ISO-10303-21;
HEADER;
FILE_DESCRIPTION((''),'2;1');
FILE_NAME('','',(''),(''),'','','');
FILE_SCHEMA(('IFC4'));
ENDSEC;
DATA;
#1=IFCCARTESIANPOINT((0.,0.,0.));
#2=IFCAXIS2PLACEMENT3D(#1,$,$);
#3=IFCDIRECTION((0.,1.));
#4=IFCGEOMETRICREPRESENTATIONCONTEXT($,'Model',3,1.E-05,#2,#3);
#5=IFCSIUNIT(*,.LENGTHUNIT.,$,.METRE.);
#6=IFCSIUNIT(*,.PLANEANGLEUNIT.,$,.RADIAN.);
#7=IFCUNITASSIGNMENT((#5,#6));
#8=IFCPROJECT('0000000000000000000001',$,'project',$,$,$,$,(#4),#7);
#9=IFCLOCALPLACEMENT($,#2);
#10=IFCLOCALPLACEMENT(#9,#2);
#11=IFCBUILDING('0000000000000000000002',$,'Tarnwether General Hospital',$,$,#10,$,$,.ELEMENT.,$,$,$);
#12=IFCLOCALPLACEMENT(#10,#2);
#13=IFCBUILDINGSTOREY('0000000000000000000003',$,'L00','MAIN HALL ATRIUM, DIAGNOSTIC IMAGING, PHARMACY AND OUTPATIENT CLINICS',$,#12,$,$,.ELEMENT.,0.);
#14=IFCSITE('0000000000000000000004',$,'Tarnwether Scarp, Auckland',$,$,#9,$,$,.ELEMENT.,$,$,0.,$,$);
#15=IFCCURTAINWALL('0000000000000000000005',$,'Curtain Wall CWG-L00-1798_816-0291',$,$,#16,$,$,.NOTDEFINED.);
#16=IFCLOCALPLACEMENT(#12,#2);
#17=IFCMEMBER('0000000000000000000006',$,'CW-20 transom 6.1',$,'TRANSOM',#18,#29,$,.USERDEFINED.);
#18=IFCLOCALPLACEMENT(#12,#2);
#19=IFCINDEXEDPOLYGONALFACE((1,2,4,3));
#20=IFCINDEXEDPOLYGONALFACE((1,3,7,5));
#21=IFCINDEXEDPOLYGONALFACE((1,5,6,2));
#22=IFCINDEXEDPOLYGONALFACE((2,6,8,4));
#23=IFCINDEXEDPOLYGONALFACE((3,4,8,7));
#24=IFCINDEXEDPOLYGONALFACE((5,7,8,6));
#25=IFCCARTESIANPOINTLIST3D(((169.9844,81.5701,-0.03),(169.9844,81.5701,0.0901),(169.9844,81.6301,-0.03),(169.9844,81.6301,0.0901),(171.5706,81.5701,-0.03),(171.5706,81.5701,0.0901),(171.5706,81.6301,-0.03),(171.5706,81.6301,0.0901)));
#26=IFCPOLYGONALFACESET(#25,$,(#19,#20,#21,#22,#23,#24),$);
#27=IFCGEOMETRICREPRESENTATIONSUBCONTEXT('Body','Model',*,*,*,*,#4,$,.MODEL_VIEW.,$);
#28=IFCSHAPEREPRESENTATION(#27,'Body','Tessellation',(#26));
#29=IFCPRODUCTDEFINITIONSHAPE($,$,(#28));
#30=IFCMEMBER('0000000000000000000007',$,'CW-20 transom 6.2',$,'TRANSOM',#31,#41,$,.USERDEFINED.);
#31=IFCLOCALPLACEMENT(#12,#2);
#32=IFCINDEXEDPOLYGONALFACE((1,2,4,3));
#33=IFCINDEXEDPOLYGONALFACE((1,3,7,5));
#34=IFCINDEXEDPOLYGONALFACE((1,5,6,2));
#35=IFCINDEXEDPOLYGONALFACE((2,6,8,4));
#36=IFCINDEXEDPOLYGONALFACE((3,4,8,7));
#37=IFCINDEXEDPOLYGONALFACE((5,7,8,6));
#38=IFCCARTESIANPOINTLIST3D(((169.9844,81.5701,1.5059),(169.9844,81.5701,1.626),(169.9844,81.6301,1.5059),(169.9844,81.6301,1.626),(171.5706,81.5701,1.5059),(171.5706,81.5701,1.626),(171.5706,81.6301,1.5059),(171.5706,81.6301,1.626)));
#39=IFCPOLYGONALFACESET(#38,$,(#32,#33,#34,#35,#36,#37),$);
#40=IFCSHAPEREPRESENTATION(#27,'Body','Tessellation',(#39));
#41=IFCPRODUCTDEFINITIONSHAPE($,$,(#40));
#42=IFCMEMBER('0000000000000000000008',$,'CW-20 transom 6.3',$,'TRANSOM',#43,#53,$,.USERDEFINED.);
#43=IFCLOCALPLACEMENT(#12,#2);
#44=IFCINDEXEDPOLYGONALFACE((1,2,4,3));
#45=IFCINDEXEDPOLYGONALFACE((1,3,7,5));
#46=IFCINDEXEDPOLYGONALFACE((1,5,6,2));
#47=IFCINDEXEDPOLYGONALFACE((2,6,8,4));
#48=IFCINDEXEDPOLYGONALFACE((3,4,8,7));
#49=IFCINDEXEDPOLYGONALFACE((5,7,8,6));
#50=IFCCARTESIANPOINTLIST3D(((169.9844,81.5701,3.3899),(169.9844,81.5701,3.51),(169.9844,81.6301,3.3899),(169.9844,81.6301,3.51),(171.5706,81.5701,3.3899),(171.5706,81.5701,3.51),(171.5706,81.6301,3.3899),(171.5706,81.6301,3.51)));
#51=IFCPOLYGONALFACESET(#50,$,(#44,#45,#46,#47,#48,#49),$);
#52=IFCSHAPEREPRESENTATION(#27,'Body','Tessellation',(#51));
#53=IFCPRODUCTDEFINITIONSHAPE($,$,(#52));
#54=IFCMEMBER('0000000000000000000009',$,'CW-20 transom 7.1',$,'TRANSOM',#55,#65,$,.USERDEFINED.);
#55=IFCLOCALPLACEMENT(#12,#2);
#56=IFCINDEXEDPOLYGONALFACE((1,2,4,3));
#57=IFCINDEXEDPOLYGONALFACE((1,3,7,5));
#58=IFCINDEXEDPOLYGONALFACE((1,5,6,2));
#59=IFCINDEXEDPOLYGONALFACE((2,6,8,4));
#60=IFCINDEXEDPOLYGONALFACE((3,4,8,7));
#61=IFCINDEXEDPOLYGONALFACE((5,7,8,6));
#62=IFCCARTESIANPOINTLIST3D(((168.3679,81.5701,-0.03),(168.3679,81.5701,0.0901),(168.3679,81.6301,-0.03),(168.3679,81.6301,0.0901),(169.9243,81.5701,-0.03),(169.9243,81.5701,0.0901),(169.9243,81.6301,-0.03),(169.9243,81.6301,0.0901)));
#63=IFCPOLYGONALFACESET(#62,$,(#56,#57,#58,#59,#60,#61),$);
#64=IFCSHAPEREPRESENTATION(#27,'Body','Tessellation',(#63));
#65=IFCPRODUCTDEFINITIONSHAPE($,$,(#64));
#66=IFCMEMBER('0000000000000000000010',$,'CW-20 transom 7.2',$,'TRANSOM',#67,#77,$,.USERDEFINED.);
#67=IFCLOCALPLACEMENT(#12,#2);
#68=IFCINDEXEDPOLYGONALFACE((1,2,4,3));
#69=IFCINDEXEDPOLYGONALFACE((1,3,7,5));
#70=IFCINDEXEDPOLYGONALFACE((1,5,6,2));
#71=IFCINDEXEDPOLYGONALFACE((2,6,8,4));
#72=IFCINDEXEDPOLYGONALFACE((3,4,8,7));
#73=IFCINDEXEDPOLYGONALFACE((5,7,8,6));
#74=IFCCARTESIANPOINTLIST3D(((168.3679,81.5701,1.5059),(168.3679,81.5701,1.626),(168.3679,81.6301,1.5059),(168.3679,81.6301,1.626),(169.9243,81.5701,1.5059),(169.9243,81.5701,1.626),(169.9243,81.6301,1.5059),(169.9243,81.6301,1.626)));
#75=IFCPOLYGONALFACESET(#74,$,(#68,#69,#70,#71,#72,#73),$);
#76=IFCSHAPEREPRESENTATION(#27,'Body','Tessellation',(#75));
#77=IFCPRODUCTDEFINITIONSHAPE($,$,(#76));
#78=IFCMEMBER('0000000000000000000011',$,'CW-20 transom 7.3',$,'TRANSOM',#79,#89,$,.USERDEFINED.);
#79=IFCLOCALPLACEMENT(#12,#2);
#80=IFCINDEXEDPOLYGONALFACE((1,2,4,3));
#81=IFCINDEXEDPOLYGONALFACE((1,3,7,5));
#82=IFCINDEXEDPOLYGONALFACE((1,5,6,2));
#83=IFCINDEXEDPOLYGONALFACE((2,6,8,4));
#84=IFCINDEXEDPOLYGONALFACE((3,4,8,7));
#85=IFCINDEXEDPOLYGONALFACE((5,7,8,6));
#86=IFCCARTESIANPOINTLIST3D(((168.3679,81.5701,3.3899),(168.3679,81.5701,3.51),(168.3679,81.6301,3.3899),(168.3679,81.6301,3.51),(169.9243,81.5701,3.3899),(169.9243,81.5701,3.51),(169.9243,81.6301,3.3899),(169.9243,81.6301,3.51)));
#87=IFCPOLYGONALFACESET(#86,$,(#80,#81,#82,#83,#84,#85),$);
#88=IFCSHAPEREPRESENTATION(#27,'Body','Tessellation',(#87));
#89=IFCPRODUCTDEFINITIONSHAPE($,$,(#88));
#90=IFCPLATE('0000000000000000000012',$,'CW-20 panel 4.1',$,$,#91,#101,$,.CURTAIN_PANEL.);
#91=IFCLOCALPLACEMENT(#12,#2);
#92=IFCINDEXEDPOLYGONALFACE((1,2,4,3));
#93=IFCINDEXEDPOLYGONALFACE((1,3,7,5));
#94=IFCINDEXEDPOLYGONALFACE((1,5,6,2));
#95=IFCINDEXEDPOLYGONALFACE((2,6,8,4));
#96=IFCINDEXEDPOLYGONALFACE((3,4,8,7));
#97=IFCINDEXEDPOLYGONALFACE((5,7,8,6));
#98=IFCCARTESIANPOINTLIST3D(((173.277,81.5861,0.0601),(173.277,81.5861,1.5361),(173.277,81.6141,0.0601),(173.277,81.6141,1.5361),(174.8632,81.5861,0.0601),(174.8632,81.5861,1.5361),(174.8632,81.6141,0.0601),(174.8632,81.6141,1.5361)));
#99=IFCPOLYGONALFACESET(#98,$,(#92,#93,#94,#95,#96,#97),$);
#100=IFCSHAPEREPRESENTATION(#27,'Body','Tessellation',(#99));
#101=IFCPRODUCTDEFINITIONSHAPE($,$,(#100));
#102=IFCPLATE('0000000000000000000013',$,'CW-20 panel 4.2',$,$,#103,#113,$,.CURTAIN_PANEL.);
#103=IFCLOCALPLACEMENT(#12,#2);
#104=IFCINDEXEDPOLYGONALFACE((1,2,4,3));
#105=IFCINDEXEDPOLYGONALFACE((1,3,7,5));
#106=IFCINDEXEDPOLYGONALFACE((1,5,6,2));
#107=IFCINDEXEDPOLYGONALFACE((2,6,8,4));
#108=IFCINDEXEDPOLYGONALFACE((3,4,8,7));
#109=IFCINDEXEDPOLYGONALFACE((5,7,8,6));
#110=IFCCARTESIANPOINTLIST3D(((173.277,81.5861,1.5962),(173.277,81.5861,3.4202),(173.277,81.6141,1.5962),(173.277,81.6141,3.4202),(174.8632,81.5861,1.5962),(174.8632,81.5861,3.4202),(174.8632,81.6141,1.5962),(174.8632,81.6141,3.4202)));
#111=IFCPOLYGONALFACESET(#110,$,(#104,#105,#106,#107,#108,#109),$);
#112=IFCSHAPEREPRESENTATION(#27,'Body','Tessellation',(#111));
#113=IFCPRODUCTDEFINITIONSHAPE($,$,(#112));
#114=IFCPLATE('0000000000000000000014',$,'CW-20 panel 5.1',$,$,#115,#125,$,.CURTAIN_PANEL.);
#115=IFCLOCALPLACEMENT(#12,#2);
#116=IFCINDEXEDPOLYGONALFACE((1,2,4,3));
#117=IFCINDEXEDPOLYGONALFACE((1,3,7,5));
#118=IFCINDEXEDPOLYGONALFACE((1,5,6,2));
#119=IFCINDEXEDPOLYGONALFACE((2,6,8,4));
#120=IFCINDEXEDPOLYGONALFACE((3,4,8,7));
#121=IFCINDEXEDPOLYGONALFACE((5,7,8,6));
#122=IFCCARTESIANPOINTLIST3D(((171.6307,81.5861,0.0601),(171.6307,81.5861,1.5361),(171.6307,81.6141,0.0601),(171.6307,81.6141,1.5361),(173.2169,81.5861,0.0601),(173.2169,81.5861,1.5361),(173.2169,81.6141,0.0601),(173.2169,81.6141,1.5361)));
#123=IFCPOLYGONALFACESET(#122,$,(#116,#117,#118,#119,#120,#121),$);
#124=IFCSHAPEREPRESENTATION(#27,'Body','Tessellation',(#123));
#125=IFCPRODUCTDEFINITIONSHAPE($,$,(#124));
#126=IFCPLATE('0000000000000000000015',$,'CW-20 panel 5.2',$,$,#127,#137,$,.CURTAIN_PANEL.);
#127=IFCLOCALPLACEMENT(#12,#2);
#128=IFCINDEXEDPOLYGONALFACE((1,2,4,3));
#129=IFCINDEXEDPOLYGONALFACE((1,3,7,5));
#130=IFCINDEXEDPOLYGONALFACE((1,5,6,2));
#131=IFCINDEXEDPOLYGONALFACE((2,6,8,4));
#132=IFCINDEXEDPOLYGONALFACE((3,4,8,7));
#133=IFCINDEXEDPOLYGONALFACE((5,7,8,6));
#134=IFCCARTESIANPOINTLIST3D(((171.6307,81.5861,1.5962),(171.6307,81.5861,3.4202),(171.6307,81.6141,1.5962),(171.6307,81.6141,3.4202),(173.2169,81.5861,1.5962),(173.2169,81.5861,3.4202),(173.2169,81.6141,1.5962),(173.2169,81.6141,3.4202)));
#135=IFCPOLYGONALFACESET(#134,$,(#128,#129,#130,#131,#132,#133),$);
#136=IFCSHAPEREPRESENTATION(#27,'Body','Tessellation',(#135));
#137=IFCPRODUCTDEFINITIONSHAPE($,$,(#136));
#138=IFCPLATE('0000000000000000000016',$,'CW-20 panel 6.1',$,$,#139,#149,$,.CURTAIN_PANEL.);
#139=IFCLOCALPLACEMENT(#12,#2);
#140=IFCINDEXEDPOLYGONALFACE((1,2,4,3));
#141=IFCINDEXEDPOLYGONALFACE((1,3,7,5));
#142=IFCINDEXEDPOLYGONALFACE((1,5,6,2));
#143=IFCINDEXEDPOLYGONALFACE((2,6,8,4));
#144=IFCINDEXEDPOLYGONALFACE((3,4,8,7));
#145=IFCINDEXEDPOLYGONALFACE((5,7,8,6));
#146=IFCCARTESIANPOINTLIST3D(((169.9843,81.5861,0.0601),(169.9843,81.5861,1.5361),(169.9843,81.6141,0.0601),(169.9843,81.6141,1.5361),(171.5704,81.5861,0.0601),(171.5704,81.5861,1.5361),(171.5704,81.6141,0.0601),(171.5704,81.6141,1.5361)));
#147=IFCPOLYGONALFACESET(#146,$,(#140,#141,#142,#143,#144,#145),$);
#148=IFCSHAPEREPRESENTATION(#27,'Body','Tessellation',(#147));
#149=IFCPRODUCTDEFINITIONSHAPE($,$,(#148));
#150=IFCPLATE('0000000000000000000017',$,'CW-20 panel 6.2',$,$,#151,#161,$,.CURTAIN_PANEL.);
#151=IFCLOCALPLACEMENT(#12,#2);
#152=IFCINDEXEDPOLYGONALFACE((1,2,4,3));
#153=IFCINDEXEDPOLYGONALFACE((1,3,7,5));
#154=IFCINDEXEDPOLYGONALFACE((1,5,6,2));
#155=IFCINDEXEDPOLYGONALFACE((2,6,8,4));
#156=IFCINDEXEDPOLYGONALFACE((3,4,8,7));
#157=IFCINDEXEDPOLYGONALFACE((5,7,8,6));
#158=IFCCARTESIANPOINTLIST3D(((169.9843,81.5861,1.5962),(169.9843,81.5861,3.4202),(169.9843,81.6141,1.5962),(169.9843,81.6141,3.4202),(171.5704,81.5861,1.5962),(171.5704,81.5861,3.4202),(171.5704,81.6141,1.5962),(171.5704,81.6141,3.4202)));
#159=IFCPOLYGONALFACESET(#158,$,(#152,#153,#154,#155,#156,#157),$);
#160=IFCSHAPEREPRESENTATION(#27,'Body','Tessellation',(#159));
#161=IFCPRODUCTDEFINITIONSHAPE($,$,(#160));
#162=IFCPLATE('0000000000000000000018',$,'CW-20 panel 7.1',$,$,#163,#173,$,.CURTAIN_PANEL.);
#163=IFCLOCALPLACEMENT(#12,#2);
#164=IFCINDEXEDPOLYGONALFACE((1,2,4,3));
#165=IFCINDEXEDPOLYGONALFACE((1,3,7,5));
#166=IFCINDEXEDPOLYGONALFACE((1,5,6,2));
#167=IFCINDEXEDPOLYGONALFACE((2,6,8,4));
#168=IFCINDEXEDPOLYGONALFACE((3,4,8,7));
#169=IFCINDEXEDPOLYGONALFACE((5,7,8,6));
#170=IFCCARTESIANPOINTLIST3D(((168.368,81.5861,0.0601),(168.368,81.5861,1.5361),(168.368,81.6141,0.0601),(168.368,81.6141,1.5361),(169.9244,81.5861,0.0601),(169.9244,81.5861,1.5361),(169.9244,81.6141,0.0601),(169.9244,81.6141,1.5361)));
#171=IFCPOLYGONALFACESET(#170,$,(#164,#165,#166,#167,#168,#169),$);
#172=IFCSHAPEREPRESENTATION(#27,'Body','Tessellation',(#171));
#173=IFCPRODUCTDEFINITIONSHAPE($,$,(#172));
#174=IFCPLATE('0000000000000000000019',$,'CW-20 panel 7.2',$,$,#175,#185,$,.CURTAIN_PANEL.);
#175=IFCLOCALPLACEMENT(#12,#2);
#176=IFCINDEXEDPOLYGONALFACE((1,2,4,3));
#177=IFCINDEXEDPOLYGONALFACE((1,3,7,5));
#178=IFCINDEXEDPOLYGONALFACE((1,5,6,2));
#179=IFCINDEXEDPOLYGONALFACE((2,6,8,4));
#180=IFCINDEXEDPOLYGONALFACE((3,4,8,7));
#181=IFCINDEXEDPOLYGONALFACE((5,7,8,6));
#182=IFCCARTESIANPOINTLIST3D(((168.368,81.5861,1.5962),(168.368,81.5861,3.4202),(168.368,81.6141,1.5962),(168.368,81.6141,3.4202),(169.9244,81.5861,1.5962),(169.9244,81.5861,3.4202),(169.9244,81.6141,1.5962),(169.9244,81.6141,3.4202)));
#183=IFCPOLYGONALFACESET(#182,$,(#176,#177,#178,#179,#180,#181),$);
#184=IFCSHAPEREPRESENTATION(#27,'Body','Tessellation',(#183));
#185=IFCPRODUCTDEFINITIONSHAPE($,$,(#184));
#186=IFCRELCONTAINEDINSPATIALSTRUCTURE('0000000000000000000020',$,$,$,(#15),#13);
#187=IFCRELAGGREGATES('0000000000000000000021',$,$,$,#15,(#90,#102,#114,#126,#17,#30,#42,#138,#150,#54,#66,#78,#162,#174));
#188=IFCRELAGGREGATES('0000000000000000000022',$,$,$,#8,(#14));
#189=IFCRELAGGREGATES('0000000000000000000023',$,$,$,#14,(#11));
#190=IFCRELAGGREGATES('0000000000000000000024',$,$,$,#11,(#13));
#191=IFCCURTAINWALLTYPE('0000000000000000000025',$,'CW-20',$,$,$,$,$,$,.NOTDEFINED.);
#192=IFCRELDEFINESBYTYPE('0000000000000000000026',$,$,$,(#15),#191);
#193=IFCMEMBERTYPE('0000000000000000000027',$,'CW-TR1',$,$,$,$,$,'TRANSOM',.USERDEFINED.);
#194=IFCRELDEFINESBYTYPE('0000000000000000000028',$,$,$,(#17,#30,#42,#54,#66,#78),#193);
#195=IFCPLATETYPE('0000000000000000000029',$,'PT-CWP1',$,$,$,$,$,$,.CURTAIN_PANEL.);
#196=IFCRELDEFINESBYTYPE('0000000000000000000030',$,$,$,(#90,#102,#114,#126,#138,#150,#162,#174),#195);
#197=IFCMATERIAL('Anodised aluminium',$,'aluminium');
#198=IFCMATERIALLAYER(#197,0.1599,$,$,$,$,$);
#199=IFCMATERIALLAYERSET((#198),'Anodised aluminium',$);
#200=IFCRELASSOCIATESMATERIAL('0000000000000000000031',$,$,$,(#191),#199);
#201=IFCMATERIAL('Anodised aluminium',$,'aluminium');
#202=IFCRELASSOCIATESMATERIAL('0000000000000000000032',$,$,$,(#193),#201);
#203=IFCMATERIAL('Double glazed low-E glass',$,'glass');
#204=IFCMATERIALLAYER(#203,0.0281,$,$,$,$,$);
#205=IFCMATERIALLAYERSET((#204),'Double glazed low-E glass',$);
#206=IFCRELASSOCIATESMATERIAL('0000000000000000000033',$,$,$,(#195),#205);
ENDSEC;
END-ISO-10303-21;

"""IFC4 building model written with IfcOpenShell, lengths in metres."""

from ifc_helpers import new_model, si_unit, direction, frame, origin, origin_2d, place, context, subcontext, project, spatial, rectangle, extrude, material, layer, layer_set, material_profile, profile_set, type_object, element, aggregate, save


model = new_model("IFC4")

# Units and contexts
model_context = context("Model", 3, precision=1e-05, world=origin(), true_north=direction((0.0, 1.0)))
body_context = subcontext(model_context, "Body", "Model", "MODEL_VIEW")
ifc_project = project(units=[si_unit("LENGTHUNIT", "METRE"), si_unit("PLANEANGLEUNIT", "RADIAN")], contexts=[model_context])

# Site, building, storey
site_placement = place(None, origin())
site = spatial("IfcSite", under=ifc_project, at=site_placement, Name="Tarnwether Scarp, Auckland", CompositionType="ELEMENT", RefElevation=0.0)
building_placement = place(site_placement, origin())
building = spatial("IfcBuilding", under=site, at=building_placement, Name="Tarnwether General Hospital", CompositionType="ELEMENT")
storey_placement = place(building_placement, origin())
storey = spatial("IfcBuildingStorey", under=building, at=storey_placement, Name="L00", Description="MAIN HALL ATRIUM, DIAGNOSTIC IMAGING, PHARMACY AND OUTPATIENT CLINICS", CompositionType="ELEMENT", Elevation=0.0)

# Curtain wall, members, plates
ifc_material_1 = material(Name="Anodised aluminium", Category="aluminium")
ifc_layer_1 = layer(ifc_material_1, 0.1599)
ifc_layer_set_1 = layer_set([ifc_layer_1], Name="Anodised aluminium")
curtain_wall_type = type_object("IfcCurtainWallType", Name="CW-20", PredefinedType="NOTDEFINED", material=ifc_layer_set_1)
curtain_wall_placement = place(storey_placement, origin())
curtain_wall = element("IfcCurtainWall", 1, at=curtain_wall_placement, inside=storey, type_object=curtain_wall_type, Name="Curtain Wall CWG-L00-1798_816-0291", PredefinedType="NOTDEFINED")
ifc_material_2 = material(Name="Anodised aluminium", Category="aluminium")
ifc_material_profile_1 = material_profile(ifc_material_2, rectangle(XDim=0.0601, YDim=0.1201, at=origin_2d()), Name="ALU-TRN-60x120")
ifc_profile_set_1 = profile_set([ifc_material_profile_1], Name="Anodised aluminium")
member_type_1 = type_object("IfcMemberType", Name="CW-TR1", ElementType="TRANSOM", PredefinedType="USERDEFINED", material=ifc_profile_set_1)
member_1_placement = place(storey_placement, frame((171.5706, 81.6001, 0.03), z_axis=(-1.0, 0.0, 0.0), x_axis=(0.0, -1.0, 0.0)))
member_1 = element("IfcMember", 2, at=member_1_placement, type_object=member_type_1, Name="CW-20 transom 6.1", ObjectType="TRANSOM", PredefinedType="USERDEFINED", context=body_context, shape_type="SweptSolid", body=[
    extrude(rectangle(XDim=0.0601, YDim=0.1201, at=origin_2d()), origin(), (0.0, 0.0, 1.0), 1.5862),
])
member_2_placement = place(storey_placement, frame((171.5706, 81.6001, 1.5659), z_axis=(-1.0, 0.0, 0.0), x_axis=(0.0, -1.0, 0.0)))
member_2 = element("IfcMember", 3, at=member_2_placement, type_object=member_type_1, Name="CW-20 transom 6.2", ObjectType="TRANSOM", PredefinedType="USERDEFINED", context=body_context, shape_type="SweptSolid", body=[
    extrude(rectangle(XDim=0.0601, YDim=0.1201, at=origin_2d()), origin(), (0.0, 0.0, 1.0), 1.5862),
])
member_3_placement = place(storey_placement, frame((171.5706, 81.6001, 3.45), z_axis=(-1.0, 0.0, 0.0), x_axis=(0.0, -1.0, 0.0)))
member_3 = element("IfcMember", 4, at=member_3_placement, type_object=member_type_1, Name="CW-20 transom 6.3", ObjectType="TRANSOM", PredefinedType="USERDEFINED", context=body_context, shape_type="SweptSolid", body=[
    extrude(rectangle(XDim=0.0601, YDim=0.1201, at=origin_2d()), origin(), (0.0, 0.0, 1.0), 1.5862),
])
member_4_placement = place(storey_placement, frame((169.9243, 81.6001, 0.03), z_axis=(-1.0, 0.0, 0.0), x_axis=(0.0, -1.0, 0.0)))
member_4 = element("IfcMember", 5, at=member_4_placement, type_object=member_type_1, Name="CW-20 transom 7.1", ObjectType="TRANSOM", PredefinedType="USERDEFINED", context=body_context, shape_type="SweptSolid", body=[
    extrude(rectangle(XDim=0.0601, YDim=0.1201, at=origin_2d()), origin(), (0.0, 0.0, 1.0), 1.5564),
])
member_5_placement = place(storey_placement, frame((169.9243, 81.6001, 1.5659), z_axis=(-1.0, 0.0, 0.0), x_axis=(0.0, -1.0, 0.0)))
member_5 = element("IfcMember", 6, at=member_5_placement, type_object=member_type_1, Name="CW-20 transom 7.2", ObjectType="TRANSOM", PredefinedType="USERDEFINED", context=body_context, shape_type="SweptSolid", body=[
    extrude(rectangle(XDim=0.0601, YDim=0.1201, at=origin_2d()), origin(), (0.0, 0.0, 1.0), 1.5564),
])
member_6_placement = place(storey_placement, frame((169.9243, 81.6001, 3.45), z_axis=(-1.0, 0.0, 0.0), x_axis=(0.0, -1.0, 0.0)))
member_6 = element("IfcMember", 7, at=member_6_placement, type_object=member_type_1, Name="CW-20 transom 7.3", ObjectType="TRANSOM", PredefinedType="USERDEFINED", context=body_context, shape_type="SweptSolid", body=[
    extrude(rectangle(XDim=0.0601, YDim=0.1201, at=origin_2d()), origin(), (0.0, 0.0, 1.0), 1.5564),
])
ifc_material_3 = material(Name="Double glazed low-E glass", Category="glass")
ifc_layer_2 = layer(ifc_material_3, 0.0281)
ifc_layer_set_2 = layer_set([ifc_layer_2], Name="Double glazed low-E glass")
plate_type = type_object("IfcPlateType", Name="PT-CWP1", PredefinedType="CURTAIN_PANEL", material=ifc_layer_set_2)
plate_1_placement = place(storey_placement, frame((174.0701, 81.6001, 0.0601), z_axis=(0.0, 0.0, 1.0), x_axis=(-1.0, 0.0, 0.0)))
plate_1 = element("IfcPlate", 8, at=plate_1_placement, type_object=plate_type, Name="CW-20 panel 4.1", PredefinedType="CURTAIN_PANEL", context=body_context, shape_type="SweptSolid", body=[
    extrude(rectangle(XDim=1.5862, YDim=0.0281, at=origin_2d()), origin(), (0.0, 0.0, 1.0), 1.4761),
])
plate_2_placement = place(storey_placement, frame((174.0701, 81.6001, 1.5962), z_axis=(0.0, 0.0, 1.0), x_axis=(-1.0, 0.0, 0.0)))
plate_2 = element("IfcPlate", 9, at=plate_2_placement, type_object=plate_type, Name="CW-20 panel 4.2", PredefinedType="CURTAIN_PANEL", context=body_context, shape_type="SweptSolid", body=[
    extrude(rectangle(XDim=1.5862, YDim=0.0281, at=origin_2d()), origin(), (0.0, 0.0, 1.0), 1.824),
])
plate_3_placement = place(storey_placement, frame((172.4238, 81.6001, 0.0601), z_axis=(0.0, 0.0, 1.0), x_axis=(-1.0, 0.0, 0.0)))
plate_3 = element("IfcPlate", 10, at=plate_3_placement, type_object=plate_type, Name="CW-20 panel 5.1", PredefinedType="CURTAIN_PANEL", context=body_context, shape_type="SweptSolid", body=[
    extrude(rectangle(XDim=1.5862, YDim=0.0281, at=origin_2d()), origin(), (0.0, 0.0, 1.0), 1.4761),
])
plate_4_placement = place(storey_placement, frame((172.4238, 81.6001, 1.5962), z_axis=(0.0, 0.0, 1.0), x_axis=(-1.0, 0.0, 0.0)))
plate_4 = element("IfcPlate", 11, at=plate_4_placement, type_object=plate_type, Name="CW-20 panel 5.2", PredefinedType="CURTAIN_PANEL", context=body_context, shape_type="SweptSolid", body=[
    extrude(rectangle(XDim=1.5862, YDim=0.0281, at=origin_2d()), origin(), (0.0, 0.0, 1.0), 1.824),
])
plate_5_placement = place(storey_placement, frame((170.7773, 81.6001, 0.0601), z_axis=(0.0, 0.0, 1.0), x_axis=(-1.0, 0.0, 0.0)))
plate_5 = element("IfcPlate", 12, at=plate_5_placement, type_object=plate_type, Name="CW-20 panel 6.1", PredefinedType="CURTAIN_PANEL", context=body_context, shape_type="SweptSolid", body=[
    extrude(rectangle(XDim=1.5862, YDim=0.0281, at=origin_2d()), origin(), (0.0, 0.0, 1.0), 1.4761),
])
plate_6_placement = place(storey_placement, frame((170.7773, 81.6001, 1.5962), z_axis=(0.0, 0.0, 1.0), x_axis=(-1.0, 0.0, 0.0)))
plate_6 = element("IfcPlate", 13, at=plate_6_placement, type_object=plate_type, Name="CW-20 panel 6.2", PredefinedType="CURTAIN_PANEL", context=body_context, shape_type="SweptSolid", body=[
    extrude(rectangle(XDim=1.5862, YDim=0.0281, at=origin_2d()), origin(), (0.0, 0.0, 1.0), 1.824),
])
plate_7_placement = place(storey_placement, frame((169.1462, 81.6001, 0.0601), z_axis=(0.0, 0.0, 1.0), x_axis=(-1.0, 0.0, 0.0)))
plate_7 = element("IfcPlate", 14, at=plate_7_placement, type_object=plate_type, Name="CW-20 panel 7.1", PredefinedType="CURTAIN_PANEL", context=body_context, shape_type="SweptSolid", body=[
    extrude(rectangle(XDim=1.5564, YDim=0.0281, at=origin_2d()), origin(), (0.0, 0.0, 1.0), 1.4761),
])
plate_8_placement = place(storey_placement, frame((169.1462, 81.6001, 1.5962), z_axis=(0.0, 0.0, 1.0), x_axis=(-1.0, 0.0, 0.0)))
plate_8 = element("IfcPlate", 15, at=plate_8_placement, type_object=plate_type, Name="CW-20 panel 7.2", PredefinedType="CURTAIN_PANEL", context=body_context, shape_type="SweptSolid", body=[
    extrude(rectangle(XDim=1.5564, YDim=0.0281, at=origin_2d()), origin(), (0.0, 0.0, 1.0), 1.824),
])
aggregate(curtain_wall, [plate_1, plate_2, plate_3, plate_4, member_1, member_2, member_3, plate_5, plate_6, member_4, member_5, member_6, plate_7, plate_8])

save(model, "model.ifc")
